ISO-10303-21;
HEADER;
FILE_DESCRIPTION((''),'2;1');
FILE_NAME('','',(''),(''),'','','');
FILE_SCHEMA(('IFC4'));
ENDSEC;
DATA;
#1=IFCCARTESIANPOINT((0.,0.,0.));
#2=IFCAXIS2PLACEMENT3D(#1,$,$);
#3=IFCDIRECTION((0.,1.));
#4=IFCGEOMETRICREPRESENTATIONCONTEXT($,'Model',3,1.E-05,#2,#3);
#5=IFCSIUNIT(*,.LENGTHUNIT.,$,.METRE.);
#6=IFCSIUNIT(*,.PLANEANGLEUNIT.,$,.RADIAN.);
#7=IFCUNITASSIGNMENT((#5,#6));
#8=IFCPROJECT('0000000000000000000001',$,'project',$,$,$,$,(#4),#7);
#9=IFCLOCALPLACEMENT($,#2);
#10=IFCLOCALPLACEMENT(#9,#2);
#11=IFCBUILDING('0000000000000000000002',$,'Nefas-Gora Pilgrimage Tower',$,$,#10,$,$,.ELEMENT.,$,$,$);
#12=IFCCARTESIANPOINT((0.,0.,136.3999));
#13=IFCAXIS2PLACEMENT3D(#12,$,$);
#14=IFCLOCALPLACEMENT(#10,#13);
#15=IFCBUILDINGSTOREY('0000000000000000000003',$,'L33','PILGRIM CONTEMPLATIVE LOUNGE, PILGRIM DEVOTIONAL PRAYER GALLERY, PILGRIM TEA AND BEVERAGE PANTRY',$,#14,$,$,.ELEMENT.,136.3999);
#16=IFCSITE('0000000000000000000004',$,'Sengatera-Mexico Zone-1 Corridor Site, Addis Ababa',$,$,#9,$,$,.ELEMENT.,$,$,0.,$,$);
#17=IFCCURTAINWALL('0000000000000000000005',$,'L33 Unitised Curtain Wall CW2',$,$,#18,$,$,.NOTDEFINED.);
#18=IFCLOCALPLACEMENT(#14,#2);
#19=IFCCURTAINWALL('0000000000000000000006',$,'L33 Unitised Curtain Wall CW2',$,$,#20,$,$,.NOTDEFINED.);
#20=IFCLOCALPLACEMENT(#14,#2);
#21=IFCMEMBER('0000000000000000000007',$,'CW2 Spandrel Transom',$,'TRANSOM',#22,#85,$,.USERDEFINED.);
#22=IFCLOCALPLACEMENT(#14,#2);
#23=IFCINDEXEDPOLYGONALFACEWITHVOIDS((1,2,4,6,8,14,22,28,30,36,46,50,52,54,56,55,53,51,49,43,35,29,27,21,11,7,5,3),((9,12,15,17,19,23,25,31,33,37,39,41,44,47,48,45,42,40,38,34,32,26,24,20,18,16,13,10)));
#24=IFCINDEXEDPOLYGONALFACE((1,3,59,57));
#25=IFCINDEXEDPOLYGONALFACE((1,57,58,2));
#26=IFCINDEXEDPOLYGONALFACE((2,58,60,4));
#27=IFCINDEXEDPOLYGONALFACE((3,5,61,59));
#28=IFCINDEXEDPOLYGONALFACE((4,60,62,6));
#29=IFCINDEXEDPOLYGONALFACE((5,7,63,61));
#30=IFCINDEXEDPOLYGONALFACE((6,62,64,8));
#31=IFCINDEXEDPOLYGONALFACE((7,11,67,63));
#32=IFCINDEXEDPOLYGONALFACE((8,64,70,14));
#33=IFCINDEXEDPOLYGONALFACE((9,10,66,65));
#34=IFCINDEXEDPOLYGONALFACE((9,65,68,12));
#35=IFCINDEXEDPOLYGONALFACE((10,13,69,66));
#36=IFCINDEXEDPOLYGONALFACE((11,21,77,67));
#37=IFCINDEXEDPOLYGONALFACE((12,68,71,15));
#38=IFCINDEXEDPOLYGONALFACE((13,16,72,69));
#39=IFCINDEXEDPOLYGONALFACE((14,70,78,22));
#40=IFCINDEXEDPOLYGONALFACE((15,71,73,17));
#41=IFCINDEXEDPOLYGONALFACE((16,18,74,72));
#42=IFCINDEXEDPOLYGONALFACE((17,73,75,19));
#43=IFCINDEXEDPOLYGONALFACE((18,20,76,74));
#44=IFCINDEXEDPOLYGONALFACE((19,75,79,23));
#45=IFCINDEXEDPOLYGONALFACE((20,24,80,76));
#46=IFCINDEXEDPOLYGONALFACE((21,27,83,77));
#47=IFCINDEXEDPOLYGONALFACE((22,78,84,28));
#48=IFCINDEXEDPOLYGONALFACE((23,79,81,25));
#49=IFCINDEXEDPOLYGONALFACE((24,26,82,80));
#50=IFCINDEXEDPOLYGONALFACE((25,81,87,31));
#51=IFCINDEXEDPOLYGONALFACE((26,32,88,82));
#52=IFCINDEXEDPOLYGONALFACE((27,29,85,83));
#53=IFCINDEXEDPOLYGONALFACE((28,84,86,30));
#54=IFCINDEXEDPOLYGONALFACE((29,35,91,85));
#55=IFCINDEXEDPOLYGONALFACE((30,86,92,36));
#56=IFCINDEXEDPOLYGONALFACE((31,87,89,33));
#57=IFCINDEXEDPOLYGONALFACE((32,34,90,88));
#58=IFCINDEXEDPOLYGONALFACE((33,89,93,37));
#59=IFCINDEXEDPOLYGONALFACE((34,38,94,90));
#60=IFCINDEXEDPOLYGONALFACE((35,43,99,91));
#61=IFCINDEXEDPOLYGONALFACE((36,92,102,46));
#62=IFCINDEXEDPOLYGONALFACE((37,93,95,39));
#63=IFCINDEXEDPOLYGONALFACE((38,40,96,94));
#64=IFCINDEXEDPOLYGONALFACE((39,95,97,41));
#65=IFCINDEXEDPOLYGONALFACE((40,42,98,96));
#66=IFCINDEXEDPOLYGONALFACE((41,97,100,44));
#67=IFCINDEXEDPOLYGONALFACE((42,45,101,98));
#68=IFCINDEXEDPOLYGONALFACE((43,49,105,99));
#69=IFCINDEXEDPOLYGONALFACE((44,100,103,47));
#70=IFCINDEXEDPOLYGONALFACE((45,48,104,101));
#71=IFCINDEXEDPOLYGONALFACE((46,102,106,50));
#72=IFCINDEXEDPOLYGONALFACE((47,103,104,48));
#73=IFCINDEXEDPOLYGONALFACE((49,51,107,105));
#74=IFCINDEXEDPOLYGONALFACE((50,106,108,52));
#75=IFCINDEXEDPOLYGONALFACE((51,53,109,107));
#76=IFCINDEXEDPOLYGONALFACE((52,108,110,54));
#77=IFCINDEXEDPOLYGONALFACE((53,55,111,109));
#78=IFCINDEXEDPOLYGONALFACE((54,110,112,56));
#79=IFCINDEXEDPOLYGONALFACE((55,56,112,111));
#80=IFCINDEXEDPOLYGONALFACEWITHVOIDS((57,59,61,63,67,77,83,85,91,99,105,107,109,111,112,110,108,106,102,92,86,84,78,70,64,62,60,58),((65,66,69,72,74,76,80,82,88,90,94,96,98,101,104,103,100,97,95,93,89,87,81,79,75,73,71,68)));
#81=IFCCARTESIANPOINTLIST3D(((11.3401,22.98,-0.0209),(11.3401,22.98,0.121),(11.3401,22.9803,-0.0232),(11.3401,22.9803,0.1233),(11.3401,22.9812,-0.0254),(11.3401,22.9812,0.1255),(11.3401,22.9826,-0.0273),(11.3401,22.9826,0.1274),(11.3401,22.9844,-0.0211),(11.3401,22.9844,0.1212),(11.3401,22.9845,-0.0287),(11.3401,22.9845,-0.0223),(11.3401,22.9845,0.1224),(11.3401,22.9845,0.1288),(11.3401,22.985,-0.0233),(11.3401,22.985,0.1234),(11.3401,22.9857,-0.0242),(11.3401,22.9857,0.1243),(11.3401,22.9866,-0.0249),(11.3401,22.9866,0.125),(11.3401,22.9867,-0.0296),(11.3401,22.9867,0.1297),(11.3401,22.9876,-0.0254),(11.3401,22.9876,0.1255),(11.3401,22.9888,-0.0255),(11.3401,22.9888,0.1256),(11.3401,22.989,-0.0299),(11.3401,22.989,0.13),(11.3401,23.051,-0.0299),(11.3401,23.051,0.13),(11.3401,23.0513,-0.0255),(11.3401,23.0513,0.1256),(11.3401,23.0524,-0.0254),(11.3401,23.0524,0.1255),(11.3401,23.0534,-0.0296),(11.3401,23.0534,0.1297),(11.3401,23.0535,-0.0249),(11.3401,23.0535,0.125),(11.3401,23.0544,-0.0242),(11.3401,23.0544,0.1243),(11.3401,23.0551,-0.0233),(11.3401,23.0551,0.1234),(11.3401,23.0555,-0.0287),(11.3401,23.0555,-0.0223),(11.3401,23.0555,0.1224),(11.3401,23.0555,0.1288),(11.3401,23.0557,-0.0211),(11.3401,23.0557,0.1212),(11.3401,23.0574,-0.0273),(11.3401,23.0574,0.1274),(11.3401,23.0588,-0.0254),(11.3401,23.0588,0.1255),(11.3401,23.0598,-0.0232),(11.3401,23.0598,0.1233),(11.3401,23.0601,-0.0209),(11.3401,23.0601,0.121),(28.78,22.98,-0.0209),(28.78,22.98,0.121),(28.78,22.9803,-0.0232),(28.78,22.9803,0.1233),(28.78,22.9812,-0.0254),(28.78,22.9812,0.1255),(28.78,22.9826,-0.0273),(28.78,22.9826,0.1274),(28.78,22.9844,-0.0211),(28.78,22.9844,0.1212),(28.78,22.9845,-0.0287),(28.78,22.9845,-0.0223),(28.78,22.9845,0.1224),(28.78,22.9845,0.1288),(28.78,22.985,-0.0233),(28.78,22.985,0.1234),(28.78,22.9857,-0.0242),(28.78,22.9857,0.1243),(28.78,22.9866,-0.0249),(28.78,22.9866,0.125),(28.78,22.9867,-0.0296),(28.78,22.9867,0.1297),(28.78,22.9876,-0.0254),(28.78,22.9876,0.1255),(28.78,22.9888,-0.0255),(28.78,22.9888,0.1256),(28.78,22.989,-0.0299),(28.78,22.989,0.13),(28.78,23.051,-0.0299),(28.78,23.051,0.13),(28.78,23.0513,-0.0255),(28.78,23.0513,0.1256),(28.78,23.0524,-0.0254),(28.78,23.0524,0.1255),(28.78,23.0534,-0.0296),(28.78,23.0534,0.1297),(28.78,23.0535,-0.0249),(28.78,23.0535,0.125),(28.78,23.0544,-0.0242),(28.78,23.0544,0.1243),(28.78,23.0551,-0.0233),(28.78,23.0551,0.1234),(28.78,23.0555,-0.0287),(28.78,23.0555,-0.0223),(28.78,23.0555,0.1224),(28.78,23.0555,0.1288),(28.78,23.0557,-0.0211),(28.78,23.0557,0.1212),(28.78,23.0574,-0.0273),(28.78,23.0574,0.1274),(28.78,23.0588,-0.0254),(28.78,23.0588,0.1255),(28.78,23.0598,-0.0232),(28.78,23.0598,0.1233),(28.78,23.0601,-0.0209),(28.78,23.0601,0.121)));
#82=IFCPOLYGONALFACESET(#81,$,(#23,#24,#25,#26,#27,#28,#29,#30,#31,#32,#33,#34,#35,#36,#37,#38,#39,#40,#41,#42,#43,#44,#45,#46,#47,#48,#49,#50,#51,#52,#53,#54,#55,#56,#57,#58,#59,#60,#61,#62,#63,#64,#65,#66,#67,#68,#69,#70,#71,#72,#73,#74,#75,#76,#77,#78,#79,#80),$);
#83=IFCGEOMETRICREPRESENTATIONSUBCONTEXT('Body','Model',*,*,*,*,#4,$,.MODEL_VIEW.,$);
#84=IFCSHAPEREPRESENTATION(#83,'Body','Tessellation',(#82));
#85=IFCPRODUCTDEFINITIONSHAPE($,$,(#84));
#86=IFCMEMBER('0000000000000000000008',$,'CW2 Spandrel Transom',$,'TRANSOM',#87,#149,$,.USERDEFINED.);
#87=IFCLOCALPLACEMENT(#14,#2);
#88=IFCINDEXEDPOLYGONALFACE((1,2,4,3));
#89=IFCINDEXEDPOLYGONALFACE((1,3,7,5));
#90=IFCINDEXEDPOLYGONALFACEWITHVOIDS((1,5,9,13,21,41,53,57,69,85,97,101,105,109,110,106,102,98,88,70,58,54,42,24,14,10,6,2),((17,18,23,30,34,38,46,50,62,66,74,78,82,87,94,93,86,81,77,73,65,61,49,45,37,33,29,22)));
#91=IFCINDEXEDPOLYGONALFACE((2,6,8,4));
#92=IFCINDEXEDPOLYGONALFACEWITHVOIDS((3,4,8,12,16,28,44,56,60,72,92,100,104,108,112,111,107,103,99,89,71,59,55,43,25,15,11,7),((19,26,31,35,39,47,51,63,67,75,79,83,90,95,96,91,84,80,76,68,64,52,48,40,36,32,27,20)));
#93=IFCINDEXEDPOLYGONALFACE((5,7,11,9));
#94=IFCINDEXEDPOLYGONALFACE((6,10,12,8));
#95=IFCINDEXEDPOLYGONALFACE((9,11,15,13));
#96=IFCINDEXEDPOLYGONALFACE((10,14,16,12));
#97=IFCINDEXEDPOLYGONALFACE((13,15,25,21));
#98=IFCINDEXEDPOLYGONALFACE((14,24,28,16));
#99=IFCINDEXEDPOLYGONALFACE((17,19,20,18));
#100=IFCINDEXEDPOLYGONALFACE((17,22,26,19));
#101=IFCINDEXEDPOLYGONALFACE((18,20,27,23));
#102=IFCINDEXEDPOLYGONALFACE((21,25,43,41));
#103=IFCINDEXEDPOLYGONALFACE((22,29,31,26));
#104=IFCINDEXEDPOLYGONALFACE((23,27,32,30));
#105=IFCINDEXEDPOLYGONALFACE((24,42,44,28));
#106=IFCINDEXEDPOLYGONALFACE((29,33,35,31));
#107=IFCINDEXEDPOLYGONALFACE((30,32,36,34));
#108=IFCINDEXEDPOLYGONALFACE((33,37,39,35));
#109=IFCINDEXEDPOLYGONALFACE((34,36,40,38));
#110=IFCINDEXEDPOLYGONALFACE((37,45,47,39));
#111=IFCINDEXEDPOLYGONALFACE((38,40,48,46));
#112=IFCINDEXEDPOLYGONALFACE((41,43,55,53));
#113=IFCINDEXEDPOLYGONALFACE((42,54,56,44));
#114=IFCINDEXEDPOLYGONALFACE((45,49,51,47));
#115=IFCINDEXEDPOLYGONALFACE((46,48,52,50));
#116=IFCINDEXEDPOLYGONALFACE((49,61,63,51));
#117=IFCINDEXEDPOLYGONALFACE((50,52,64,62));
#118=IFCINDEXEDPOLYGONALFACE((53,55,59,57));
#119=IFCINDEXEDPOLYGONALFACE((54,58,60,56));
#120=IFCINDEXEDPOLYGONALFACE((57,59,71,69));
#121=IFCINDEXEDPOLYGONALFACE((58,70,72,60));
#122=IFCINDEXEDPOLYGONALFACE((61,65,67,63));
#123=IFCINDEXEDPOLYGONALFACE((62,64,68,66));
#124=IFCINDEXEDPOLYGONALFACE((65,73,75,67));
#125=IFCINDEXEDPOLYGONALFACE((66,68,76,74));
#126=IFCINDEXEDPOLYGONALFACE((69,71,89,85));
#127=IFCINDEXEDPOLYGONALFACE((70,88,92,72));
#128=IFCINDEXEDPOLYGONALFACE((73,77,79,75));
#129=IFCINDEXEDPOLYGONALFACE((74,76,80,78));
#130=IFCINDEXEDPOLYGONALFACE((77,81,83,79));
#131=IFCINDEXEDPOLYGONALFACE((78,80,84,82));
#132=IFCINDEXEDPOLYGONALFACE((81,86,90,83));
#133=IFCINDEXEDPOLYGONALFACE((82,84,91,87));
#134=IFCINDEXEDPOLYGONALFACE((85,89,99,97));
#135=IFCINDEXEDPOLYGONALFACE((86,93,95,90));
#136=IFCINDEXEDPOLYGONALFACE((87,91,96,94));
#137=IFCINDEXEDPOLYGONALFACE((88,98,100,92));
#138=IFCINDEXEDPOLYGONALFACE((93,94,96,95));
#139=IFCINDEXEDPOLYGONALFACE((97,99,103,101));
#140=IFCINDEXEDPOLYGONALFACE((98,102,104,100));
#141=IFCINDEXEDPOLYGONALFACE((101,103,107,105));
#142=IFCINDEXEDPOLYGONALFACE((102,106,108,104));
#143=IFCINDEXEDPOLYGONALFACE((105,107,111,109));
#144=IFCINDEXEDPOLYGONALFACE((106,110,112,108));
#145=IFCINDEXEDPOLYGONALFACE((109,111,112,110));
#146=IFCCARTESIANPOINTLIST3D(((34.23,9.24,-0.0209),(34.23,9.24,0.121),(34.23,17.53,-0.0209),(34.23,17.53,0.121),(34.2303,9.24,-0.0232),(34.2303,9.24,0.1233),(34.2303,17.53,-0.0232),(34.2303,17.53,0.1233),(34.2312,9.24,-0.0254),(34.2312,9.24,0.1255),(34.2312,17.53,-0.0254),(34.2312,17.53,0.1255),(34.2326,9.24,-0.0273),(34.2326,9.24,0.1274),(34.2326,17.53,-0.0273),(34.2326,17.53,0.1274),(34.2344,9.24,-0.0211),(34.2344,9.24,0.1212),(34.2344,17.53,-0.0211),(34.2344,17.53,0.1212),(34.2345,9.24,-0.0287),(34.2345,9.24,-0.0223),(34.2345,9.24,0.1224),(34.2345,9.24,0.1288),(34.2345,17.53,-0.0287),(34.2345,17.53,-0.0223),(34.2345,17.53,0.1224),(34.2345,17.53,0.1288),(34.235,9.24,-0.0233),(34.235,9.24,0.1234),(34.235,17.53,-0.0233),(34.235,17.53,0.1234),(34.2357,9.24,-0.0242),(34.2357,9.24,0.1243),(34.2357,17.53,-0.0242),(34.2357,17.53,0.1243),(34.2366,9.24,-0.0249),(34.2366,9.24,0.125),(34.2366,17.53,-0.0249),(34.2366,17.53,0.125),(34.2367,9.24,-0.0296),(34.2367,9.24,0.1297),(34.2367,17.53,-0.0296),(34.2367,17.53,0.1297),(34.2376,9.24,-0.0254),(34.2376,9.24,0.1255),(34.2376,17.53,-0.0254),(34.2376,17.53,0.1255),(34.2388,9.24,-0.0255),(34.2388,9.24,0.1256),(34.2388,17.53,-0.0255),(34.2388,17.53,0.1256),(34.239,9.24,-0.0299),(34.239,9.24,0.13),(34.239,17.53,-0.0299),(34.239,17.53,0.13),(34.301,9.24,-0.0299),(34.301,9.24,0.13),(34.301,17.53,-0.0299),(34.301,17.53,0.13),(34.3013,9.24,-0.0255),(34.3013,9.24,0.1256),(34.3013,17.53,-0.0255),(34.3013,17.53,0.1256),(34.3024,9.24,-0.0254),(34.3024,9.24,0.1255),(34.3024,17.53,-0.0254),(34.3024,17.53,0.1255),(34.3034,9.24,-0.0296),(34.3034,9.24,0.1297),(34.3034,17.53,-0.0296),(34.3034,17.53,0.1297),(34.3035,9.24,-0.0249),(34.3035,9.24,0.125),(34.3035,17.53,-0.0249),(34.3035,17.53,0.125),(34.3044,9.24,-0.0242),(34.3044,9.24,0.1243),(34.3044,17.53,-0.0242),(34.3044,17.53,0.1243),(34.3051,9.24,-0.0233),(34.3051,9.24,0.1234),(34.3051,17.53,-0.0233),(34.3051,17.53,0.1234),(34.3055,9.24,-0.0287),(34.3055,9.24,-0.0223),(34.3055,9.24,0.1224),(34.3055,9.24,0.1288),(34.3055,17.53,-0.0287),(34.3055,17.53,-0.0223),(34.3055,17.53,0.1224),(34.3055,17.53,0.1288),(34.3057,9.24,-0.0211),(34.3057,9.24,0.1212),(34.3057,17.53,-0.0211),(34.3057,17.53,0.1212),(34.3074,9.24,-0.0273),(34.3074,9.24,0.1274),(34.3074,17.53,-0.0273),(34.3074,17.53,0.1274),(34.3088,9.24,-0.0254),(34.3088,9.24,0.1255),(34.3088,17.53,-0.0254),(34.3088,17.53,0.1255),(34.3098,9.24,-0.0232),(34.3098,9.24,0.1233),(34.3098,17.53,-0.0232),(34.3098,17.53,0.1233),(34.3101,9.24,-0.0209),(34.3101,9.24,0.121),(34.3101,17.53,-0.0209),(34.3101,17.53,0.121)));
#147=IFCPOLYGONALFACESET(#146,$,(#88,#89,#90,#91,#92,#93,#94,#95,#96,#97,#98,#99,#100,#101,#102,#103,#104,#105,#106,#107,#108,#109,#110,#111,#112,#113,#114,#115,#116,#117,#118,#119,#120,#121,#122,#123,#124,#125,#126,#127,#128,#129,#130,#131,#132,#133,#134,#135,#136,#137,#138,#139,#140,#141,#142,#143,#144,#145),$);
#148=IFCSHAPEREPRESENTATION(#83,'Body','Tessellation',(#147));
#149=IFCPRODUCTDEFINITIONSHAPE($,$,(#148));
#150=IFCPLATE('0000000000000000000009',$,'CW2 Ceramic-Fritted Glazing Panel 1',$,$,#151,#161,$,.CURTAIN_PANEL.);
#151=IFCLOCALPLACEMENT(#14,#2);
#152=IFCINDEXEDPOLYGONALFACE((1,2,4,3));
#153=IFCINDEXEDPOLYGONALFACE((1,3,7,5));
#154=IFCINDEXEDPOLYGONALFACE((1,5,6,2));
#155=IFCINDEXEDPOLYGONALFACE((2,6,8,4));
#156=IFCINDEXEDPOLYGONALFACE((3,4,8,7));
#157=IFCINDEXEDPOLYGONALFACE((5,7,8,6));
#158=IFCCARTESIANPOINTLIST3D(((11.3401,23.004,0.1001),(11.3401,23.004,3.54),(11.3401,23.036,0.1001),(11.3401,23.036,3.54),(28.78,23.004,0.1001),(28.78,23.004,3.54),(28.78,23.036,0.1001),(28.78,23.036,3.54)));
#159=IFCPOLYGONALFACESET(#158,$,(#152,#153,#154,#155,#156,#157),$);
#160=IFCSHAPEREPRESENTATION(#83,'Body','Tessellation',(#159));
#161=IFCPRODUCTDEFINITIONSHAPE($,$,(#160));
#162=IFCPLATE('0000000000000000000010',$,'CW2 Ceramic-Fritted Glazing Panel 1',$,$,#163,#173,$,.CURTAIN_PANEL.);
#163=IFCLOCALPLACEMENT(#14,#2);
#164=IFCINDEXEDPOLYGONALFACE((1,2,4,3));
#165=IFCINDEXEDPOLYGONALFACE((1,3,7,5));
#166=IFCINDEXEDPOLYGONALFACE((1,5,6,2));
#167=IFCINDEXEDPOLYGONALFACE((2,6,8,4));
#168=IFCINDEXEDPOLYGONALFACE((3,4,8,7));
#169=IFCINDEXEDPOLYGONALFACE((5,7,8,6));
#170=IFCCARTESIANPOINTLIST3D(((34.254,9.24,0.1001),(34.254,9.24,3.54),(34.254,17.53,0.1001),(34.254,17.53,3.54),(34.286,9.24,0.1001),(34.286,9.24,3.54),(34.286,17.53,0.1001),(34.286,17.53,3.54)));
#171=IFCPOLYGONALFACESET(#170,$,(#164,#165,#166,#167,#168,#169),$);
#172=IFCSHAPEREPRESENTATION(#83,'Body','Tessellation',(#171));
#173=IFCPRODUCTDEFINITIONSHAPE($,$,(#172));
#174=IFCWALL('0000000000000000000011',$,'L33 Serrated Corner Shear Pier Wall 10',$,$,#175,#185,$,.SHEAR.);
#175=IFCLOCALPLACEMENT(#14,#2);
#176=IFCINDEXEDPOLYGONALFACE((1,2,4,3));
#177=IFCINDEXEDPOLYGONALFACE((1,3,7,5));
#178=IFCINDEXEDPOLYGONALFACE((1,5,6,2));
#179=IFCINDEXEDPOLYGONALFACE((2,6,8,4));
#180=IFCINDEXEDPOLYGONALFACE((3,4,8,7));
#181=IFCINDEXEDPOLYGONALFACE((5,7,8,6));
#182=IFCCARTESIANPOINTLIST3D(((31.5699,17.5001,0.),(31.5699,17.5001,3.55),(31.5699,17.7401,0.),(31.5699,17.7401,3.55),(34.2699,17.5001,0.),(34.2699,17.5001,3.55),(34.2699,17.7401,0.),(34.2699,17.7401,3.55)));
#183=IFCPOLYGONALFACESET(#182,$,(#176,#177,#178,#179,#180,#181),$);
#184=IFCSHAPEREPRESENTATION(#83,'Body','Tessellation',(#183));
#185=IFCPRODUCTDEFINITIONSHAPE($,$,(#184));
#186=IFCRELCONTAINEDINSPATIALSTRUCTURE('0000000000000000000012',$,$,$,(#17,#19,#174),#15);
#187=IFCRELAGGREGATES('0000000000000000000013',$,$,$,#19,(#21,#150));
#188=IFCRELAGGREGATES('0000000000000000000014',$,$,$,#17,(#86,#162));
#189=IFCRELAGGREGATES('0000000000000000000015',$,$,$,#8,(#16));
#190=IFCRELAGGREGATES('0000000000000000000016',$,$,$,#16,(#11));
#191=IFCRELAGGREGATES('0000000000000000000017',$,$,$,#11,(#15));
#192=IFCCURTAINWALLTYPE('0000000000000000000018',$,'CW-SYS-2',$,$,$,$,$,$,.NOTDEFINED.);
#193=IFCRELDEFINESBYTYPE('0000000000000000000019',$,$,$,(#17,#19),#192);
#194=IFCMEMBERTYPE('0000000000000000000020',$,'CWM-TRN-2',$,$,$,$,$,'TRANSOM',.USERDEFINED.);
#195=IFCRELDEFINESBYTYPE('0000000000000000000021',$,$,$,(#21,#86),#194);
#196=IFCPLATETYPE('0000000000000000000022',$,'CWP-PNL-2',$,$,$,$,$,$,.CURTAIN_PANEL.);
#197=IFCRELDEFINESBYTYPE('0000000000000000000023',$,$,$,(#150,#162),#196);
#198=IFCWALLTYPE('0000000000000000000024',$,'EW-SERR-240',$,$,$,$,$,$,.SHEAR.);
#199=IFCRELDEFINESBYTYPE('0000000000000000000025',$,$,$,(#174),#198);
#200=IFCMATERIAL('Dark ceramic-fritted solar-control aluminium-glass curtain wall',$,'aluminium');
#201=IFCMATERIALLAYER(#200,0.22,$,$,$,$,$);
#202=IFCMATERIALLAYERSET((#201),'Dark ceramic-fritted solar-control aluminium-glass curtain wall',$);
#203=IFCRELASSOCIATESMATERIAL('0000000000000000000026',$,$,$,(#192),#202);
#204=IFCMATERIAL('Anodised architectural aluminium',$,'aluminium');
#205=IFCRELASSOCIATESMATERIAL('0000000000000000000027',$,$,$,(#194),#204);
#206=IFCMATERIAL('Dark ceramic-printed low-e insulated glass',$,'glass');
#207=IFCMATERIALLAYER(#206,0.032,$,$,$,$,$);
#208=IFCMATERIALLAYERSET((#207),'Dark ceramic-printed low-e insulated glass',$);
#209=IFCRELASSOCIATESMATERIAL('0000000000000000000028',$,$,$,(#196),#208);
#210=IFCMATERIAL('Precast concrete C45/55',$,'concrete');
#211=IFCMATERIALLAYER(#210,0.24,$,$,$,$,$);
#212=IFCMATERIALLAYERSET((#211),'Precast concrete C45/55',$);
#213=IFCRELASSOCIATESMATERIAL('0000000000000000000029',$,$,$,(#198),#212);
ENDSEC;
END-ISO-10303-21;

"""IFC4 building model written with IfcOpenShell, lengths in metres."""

from ifc_helpers import new_model, si_unit, direction, frame, frame_2d, origin, origin_2d, place, context, subcontext, project, spatial, rectangle, hollow_rectangle, extrude, source, transform, mapped, material, layer, layer_set, material_profile, profile_set, type_object, element, aggregate, save


model = new_model("IFC4")

# Units and contexts
model_context = context("Model", 3, precision=1e-05, world=origin(), true_north=direction((0.0, 1.0)))
body_context = subcontext(model_context, "Body", "Model", "MODEL_VIEW")
ifc_project = project(units=[si_unit("LENGTHUNIT", "METRE"), si_unit("PLANEANGLEUNIT", "RADIAN")], contexts=[model_context])

# Site, building, storey
site_placement = place(None, origin())
site = spatial("IfcSite", under=ifc_project, at=site_placement, Name="Sengatera-Mexico Zone-1 Corridor Site, Addis Ababa", CompositionType="ELEMENT", RefElevation=0.0)
building_placement = place(site_placement, origin())
building = spatial("IfcBuilding", under=site, at=building_placement, Name="Nefas-Gora Pilgrimage Tower", CompositionType="ELEMENT")
storey_placement = place(building_placement, frame((0.0, 0.0, 136.3999)))
storey = spatial("IfcBuildingStorey", under=building, at=storey_placement, Name="L33", Description="PILGRIM CONTEMPLATIVE LOUNGE, PILGRIM DEVOTIONAL PRAYER GALLERY, PILGRIM TEA AND BEVERAGE PANTRY", CompositionType="ELEMENT", Elevation=136.3999)

# Curtain wall
ifc_material_1 = material(Name="Dark ceramic-fritted solar-control aluminium-glass curtain wall", Category="aluminium")
ifc_layer_1 = layer(ifc_material_1, 0.22)
ifc_layer_set_1 = layer_set([ifc_layer_1], Name="Dark ceramic-fritted solar-control aluminium-glass curtain wall")
curtain_wall_type = type_object("IfcCurtainWallType", Name="CW-SYS-2", PredefinedType="NOTDEFINED", material=ifc_layer_set_1)
curtain_wall_1_placement = place(storey_placement, origin())
curtain_wall_1 = element("IfcCurtainWall", 1, at=curtain_wall_1_placement, inside=storey, type_object=curtain_wall_type, Name="L33 Unitised Curtain Wall CW2", PredefinedType="NOTDEFINED")
ifc_material_2 = material(Name="Anodised architectural aluminium", Category="aluminium")

# Curtain wall, member
curtain_wall_2_placement = place(storey_placement, origin())
curtain_wall_2 = element("IfcCurtainWall", 2, at=curtain_wall_2_placement, inside=storey, type_object=curtain_wall_type, Name="L33 Unitised Curtain Wall CW2", PredefinedType="NOTDEFINED")
ifc_material_profile_1 = material_profile(ifc_material_2, hollow_rectangle(XDim=0.0801, YDim=0.1599, WallThickness=0.0044, InnerFilletRadius=0.0044, OuterFilletRadius=0.009, at=origin_2d()), Name="ALU TRANSOM 80x160")
ifc_profile_set_1 = profile_set([ifc_material_profile_1], Name="Anodised architectural aluminium")
member_type_1 = type_object("IfcMemberType", Name="CWM-TRN-2", ElementType="TRANSOM", PredefinedType="USERDEFINED", material=ifc_profile_set_1)
shared_shape_1 = source(origin(), body_context, "Body", "SweptSolid", [
    extrude(hollow_rectangle(XDim=0.0801, YDim=0.1599, WallThickness=0.0044, InnerFilletRadius=0.0044, OuterFilletRadius=0.009, at=origin_2d()), origin(), (0.0, 0.0, 1.0), 17.4399),
])
member_1_placement = place(storey_placement, frame((28.78, 23.02, 0.05), z_axis=(-1.0, 0.0, 0.0), x_axis=(0.0, -1.0, 0.0)))
member_1 = element("IfcMember", 3, at=member_1_placement, type_object=member_type_1, Name="CW2 Spandrel Transom", ObjectType="TRANSOM", PredefinedType="USERDEFINED", context=body_context, shape_type="MappedRepresentation", body=[
    mapped(shared_shape_1, transform((0.0, 0.0, 0.0), x_axis=(1.0, 0.0, 0.0), y_axis=(0.0, 1.0, 0.0), z_axis=(0.0, 0.0, 1.0), scale=1.0)),
])

# Member
shared_shape_2 = source(origin(), body_context, "Body", "SweptSolid", [
    extrude(hollow_rectangle(XDim=0.0801, YDim=0.1599, WallThickness=0.0044, InnerFilletRadius=0.0044, OuterFilletRadius=0.009, at=origin_2d()), origin(), (0.0, 0.0, 1.0), 8.29),
])
member_2_placement = place(storey_placement, frame((34.27, 9.24, 0.05), z_axis=(0.0, 1.0, 0.0), x_axis=(-1.0, 0.0, 0.0)))
member_2 = element("IfcMember", 4, at=member_2_placement, type_object=member_type_1, Name="CW2 Spandrel Transom", ObjectType="TRANSOM", PredefinedType="USERDEFINED", context=body_context, shape_type="MappedRepresentation", body=[
    mapped(shared_shape_2, transform((0.0, 0.0, 0.0), x_axis=(1.0, 0.0, 0.0), y_axis=(0.0, 1.0, 0.0), z_axis=(0.0, 0.0, 1.0), scale=1.0)),
])

# Plates
ifc_material_3 = material(Name="Dark ceramic-printed low-e insulated glass", Category="glass")
ifc_layer_2 = layer(ifc_material_3, 0.032)
ifc_layer_set_2 = layer_set([ifc_layer_2], Name="Dark ceramic-printed low-e insulated glass")
plate_type = type_object("IfcPlateType", Name="CWP-PNL-2", PredefinedType="CURTAIN_PANEL", material=ifc_layer_set_2)
shared_shape_3 = source(origin(), body_context, "Body", "SweptSolid", [
    extrude(rectangle(XDim=17.4399, YDim=0.032, at=origin_2d()), origin(), (0.0, 0.0, 1.0), 3.4399),
])
plate_1_placement = place(storey_placement, frame((20.0601, 23.02, 0.1001), z_axis=(0.0, 0.0, 1.0), x_axis=(-1.0, 0.0, 0.0)))
plate_1 = element("IfcPlate", 5, at=plate_1_placement, type_object=plate_type, Name="CW2 Ceramic-Fritted Glazing Panel 1", PredefinedType="CURTAIN_PANEL", context=body_context, shape_type="MappedRepresentation", body=[
    mapped(shared_shape_3, transform((0.0, 0.0, 0.0), x_axis=(1.0, 0.0, 0.0), y_axis=(0.0, 1.0, 0.0), z_axis=(0.0, 0.0, 1.0), scale=1.0)),
])
aggregate(curtain_wall_2, [member_1, plate_1])
shared_shape_4 = source(origin(), body_context, "Body", "SweptSolid", [
    extrude(rectangle(XDim=8.29, YDim=0.032, at=origin_2d()), origin(), (0.0, 0.0, 1.0), 3.4399),
])
plate_2_placement = place(storey_placement, frame((34.27, 13.385, 0.1001), z_axis=(0.0, 0.0, 1.0), x_axis=(0.0, 1.0, 0.0)))
plate_2 = element("IfcPlate", 6, at=plate_2_placement, type_object=plate_type, Name="CW2 Ceramic-Fritted Glazing Panel 1", PredefinedType="CURTAIN_PANEL", context=body_context, shape_type="MappedRepresentation", body=[
    mapped(shared_shape_4, transform((0.0, 0.0, 0.0), x_axis=(1.0, 0.0, 0.0), y_axis=(0.0, 1.0, 0.0), z_axis=(0.0, 0.0, 1.0), scale=1.0)),
])
aggregate(curtain_wall_1, [member_2, plate_2])

# Wall
ifc_material_4 = material(Name="Precast concrete C45/55", Category="concrete")
ifc_layer_3 = layer(ifc_material_4, 0.24)
ifc_layer_set_3 = layer_set([ifc_layer_3], Name="Precast concrete C45/55")
wall_type = type_object("IfcWallType", Name="EW-SERR-240", PredefinedType="SHEAR", material=ifc_layer_set_3)
shared_shape_5 = source(origin(), body_context, "Body", "SweptSolid", [
    extrude(rectangle(XDim=2.7, YDim=0.24, at=frame_2d((1.3501, 0.0))), origin(), (0.0, 0.0, 1.0), 3.55),
])
for number, where, z_axis, x_axis, name in (
    (7, (34.27, 17.6201, 0.0), (0.0, 0.0, 1.0), (-1.0, 0.0, 0.0), "L33 Serrated Corner Shear Pier Wall 10"),
):
    element("IfcWall", number, at=place(storey_placement, frame(where, z_axis=z_axis, x_axis=x_axis)), inside=storey, type_object=wall_type, Name=name, PredefinedType="SHEAR", context=body_context, shape_type="MappedRepresentation", body=[
        mapped(shared_shape_5, transform((0.0, 0.0, 0.0), x_axis=(1.0, 0.0, 0.0), y_axis=(0.0, 1.0, 0.0), z_axis=(0.0, 0.0, 1.0), scale=1.0)),
    ])

save(model, "model.ifc")
